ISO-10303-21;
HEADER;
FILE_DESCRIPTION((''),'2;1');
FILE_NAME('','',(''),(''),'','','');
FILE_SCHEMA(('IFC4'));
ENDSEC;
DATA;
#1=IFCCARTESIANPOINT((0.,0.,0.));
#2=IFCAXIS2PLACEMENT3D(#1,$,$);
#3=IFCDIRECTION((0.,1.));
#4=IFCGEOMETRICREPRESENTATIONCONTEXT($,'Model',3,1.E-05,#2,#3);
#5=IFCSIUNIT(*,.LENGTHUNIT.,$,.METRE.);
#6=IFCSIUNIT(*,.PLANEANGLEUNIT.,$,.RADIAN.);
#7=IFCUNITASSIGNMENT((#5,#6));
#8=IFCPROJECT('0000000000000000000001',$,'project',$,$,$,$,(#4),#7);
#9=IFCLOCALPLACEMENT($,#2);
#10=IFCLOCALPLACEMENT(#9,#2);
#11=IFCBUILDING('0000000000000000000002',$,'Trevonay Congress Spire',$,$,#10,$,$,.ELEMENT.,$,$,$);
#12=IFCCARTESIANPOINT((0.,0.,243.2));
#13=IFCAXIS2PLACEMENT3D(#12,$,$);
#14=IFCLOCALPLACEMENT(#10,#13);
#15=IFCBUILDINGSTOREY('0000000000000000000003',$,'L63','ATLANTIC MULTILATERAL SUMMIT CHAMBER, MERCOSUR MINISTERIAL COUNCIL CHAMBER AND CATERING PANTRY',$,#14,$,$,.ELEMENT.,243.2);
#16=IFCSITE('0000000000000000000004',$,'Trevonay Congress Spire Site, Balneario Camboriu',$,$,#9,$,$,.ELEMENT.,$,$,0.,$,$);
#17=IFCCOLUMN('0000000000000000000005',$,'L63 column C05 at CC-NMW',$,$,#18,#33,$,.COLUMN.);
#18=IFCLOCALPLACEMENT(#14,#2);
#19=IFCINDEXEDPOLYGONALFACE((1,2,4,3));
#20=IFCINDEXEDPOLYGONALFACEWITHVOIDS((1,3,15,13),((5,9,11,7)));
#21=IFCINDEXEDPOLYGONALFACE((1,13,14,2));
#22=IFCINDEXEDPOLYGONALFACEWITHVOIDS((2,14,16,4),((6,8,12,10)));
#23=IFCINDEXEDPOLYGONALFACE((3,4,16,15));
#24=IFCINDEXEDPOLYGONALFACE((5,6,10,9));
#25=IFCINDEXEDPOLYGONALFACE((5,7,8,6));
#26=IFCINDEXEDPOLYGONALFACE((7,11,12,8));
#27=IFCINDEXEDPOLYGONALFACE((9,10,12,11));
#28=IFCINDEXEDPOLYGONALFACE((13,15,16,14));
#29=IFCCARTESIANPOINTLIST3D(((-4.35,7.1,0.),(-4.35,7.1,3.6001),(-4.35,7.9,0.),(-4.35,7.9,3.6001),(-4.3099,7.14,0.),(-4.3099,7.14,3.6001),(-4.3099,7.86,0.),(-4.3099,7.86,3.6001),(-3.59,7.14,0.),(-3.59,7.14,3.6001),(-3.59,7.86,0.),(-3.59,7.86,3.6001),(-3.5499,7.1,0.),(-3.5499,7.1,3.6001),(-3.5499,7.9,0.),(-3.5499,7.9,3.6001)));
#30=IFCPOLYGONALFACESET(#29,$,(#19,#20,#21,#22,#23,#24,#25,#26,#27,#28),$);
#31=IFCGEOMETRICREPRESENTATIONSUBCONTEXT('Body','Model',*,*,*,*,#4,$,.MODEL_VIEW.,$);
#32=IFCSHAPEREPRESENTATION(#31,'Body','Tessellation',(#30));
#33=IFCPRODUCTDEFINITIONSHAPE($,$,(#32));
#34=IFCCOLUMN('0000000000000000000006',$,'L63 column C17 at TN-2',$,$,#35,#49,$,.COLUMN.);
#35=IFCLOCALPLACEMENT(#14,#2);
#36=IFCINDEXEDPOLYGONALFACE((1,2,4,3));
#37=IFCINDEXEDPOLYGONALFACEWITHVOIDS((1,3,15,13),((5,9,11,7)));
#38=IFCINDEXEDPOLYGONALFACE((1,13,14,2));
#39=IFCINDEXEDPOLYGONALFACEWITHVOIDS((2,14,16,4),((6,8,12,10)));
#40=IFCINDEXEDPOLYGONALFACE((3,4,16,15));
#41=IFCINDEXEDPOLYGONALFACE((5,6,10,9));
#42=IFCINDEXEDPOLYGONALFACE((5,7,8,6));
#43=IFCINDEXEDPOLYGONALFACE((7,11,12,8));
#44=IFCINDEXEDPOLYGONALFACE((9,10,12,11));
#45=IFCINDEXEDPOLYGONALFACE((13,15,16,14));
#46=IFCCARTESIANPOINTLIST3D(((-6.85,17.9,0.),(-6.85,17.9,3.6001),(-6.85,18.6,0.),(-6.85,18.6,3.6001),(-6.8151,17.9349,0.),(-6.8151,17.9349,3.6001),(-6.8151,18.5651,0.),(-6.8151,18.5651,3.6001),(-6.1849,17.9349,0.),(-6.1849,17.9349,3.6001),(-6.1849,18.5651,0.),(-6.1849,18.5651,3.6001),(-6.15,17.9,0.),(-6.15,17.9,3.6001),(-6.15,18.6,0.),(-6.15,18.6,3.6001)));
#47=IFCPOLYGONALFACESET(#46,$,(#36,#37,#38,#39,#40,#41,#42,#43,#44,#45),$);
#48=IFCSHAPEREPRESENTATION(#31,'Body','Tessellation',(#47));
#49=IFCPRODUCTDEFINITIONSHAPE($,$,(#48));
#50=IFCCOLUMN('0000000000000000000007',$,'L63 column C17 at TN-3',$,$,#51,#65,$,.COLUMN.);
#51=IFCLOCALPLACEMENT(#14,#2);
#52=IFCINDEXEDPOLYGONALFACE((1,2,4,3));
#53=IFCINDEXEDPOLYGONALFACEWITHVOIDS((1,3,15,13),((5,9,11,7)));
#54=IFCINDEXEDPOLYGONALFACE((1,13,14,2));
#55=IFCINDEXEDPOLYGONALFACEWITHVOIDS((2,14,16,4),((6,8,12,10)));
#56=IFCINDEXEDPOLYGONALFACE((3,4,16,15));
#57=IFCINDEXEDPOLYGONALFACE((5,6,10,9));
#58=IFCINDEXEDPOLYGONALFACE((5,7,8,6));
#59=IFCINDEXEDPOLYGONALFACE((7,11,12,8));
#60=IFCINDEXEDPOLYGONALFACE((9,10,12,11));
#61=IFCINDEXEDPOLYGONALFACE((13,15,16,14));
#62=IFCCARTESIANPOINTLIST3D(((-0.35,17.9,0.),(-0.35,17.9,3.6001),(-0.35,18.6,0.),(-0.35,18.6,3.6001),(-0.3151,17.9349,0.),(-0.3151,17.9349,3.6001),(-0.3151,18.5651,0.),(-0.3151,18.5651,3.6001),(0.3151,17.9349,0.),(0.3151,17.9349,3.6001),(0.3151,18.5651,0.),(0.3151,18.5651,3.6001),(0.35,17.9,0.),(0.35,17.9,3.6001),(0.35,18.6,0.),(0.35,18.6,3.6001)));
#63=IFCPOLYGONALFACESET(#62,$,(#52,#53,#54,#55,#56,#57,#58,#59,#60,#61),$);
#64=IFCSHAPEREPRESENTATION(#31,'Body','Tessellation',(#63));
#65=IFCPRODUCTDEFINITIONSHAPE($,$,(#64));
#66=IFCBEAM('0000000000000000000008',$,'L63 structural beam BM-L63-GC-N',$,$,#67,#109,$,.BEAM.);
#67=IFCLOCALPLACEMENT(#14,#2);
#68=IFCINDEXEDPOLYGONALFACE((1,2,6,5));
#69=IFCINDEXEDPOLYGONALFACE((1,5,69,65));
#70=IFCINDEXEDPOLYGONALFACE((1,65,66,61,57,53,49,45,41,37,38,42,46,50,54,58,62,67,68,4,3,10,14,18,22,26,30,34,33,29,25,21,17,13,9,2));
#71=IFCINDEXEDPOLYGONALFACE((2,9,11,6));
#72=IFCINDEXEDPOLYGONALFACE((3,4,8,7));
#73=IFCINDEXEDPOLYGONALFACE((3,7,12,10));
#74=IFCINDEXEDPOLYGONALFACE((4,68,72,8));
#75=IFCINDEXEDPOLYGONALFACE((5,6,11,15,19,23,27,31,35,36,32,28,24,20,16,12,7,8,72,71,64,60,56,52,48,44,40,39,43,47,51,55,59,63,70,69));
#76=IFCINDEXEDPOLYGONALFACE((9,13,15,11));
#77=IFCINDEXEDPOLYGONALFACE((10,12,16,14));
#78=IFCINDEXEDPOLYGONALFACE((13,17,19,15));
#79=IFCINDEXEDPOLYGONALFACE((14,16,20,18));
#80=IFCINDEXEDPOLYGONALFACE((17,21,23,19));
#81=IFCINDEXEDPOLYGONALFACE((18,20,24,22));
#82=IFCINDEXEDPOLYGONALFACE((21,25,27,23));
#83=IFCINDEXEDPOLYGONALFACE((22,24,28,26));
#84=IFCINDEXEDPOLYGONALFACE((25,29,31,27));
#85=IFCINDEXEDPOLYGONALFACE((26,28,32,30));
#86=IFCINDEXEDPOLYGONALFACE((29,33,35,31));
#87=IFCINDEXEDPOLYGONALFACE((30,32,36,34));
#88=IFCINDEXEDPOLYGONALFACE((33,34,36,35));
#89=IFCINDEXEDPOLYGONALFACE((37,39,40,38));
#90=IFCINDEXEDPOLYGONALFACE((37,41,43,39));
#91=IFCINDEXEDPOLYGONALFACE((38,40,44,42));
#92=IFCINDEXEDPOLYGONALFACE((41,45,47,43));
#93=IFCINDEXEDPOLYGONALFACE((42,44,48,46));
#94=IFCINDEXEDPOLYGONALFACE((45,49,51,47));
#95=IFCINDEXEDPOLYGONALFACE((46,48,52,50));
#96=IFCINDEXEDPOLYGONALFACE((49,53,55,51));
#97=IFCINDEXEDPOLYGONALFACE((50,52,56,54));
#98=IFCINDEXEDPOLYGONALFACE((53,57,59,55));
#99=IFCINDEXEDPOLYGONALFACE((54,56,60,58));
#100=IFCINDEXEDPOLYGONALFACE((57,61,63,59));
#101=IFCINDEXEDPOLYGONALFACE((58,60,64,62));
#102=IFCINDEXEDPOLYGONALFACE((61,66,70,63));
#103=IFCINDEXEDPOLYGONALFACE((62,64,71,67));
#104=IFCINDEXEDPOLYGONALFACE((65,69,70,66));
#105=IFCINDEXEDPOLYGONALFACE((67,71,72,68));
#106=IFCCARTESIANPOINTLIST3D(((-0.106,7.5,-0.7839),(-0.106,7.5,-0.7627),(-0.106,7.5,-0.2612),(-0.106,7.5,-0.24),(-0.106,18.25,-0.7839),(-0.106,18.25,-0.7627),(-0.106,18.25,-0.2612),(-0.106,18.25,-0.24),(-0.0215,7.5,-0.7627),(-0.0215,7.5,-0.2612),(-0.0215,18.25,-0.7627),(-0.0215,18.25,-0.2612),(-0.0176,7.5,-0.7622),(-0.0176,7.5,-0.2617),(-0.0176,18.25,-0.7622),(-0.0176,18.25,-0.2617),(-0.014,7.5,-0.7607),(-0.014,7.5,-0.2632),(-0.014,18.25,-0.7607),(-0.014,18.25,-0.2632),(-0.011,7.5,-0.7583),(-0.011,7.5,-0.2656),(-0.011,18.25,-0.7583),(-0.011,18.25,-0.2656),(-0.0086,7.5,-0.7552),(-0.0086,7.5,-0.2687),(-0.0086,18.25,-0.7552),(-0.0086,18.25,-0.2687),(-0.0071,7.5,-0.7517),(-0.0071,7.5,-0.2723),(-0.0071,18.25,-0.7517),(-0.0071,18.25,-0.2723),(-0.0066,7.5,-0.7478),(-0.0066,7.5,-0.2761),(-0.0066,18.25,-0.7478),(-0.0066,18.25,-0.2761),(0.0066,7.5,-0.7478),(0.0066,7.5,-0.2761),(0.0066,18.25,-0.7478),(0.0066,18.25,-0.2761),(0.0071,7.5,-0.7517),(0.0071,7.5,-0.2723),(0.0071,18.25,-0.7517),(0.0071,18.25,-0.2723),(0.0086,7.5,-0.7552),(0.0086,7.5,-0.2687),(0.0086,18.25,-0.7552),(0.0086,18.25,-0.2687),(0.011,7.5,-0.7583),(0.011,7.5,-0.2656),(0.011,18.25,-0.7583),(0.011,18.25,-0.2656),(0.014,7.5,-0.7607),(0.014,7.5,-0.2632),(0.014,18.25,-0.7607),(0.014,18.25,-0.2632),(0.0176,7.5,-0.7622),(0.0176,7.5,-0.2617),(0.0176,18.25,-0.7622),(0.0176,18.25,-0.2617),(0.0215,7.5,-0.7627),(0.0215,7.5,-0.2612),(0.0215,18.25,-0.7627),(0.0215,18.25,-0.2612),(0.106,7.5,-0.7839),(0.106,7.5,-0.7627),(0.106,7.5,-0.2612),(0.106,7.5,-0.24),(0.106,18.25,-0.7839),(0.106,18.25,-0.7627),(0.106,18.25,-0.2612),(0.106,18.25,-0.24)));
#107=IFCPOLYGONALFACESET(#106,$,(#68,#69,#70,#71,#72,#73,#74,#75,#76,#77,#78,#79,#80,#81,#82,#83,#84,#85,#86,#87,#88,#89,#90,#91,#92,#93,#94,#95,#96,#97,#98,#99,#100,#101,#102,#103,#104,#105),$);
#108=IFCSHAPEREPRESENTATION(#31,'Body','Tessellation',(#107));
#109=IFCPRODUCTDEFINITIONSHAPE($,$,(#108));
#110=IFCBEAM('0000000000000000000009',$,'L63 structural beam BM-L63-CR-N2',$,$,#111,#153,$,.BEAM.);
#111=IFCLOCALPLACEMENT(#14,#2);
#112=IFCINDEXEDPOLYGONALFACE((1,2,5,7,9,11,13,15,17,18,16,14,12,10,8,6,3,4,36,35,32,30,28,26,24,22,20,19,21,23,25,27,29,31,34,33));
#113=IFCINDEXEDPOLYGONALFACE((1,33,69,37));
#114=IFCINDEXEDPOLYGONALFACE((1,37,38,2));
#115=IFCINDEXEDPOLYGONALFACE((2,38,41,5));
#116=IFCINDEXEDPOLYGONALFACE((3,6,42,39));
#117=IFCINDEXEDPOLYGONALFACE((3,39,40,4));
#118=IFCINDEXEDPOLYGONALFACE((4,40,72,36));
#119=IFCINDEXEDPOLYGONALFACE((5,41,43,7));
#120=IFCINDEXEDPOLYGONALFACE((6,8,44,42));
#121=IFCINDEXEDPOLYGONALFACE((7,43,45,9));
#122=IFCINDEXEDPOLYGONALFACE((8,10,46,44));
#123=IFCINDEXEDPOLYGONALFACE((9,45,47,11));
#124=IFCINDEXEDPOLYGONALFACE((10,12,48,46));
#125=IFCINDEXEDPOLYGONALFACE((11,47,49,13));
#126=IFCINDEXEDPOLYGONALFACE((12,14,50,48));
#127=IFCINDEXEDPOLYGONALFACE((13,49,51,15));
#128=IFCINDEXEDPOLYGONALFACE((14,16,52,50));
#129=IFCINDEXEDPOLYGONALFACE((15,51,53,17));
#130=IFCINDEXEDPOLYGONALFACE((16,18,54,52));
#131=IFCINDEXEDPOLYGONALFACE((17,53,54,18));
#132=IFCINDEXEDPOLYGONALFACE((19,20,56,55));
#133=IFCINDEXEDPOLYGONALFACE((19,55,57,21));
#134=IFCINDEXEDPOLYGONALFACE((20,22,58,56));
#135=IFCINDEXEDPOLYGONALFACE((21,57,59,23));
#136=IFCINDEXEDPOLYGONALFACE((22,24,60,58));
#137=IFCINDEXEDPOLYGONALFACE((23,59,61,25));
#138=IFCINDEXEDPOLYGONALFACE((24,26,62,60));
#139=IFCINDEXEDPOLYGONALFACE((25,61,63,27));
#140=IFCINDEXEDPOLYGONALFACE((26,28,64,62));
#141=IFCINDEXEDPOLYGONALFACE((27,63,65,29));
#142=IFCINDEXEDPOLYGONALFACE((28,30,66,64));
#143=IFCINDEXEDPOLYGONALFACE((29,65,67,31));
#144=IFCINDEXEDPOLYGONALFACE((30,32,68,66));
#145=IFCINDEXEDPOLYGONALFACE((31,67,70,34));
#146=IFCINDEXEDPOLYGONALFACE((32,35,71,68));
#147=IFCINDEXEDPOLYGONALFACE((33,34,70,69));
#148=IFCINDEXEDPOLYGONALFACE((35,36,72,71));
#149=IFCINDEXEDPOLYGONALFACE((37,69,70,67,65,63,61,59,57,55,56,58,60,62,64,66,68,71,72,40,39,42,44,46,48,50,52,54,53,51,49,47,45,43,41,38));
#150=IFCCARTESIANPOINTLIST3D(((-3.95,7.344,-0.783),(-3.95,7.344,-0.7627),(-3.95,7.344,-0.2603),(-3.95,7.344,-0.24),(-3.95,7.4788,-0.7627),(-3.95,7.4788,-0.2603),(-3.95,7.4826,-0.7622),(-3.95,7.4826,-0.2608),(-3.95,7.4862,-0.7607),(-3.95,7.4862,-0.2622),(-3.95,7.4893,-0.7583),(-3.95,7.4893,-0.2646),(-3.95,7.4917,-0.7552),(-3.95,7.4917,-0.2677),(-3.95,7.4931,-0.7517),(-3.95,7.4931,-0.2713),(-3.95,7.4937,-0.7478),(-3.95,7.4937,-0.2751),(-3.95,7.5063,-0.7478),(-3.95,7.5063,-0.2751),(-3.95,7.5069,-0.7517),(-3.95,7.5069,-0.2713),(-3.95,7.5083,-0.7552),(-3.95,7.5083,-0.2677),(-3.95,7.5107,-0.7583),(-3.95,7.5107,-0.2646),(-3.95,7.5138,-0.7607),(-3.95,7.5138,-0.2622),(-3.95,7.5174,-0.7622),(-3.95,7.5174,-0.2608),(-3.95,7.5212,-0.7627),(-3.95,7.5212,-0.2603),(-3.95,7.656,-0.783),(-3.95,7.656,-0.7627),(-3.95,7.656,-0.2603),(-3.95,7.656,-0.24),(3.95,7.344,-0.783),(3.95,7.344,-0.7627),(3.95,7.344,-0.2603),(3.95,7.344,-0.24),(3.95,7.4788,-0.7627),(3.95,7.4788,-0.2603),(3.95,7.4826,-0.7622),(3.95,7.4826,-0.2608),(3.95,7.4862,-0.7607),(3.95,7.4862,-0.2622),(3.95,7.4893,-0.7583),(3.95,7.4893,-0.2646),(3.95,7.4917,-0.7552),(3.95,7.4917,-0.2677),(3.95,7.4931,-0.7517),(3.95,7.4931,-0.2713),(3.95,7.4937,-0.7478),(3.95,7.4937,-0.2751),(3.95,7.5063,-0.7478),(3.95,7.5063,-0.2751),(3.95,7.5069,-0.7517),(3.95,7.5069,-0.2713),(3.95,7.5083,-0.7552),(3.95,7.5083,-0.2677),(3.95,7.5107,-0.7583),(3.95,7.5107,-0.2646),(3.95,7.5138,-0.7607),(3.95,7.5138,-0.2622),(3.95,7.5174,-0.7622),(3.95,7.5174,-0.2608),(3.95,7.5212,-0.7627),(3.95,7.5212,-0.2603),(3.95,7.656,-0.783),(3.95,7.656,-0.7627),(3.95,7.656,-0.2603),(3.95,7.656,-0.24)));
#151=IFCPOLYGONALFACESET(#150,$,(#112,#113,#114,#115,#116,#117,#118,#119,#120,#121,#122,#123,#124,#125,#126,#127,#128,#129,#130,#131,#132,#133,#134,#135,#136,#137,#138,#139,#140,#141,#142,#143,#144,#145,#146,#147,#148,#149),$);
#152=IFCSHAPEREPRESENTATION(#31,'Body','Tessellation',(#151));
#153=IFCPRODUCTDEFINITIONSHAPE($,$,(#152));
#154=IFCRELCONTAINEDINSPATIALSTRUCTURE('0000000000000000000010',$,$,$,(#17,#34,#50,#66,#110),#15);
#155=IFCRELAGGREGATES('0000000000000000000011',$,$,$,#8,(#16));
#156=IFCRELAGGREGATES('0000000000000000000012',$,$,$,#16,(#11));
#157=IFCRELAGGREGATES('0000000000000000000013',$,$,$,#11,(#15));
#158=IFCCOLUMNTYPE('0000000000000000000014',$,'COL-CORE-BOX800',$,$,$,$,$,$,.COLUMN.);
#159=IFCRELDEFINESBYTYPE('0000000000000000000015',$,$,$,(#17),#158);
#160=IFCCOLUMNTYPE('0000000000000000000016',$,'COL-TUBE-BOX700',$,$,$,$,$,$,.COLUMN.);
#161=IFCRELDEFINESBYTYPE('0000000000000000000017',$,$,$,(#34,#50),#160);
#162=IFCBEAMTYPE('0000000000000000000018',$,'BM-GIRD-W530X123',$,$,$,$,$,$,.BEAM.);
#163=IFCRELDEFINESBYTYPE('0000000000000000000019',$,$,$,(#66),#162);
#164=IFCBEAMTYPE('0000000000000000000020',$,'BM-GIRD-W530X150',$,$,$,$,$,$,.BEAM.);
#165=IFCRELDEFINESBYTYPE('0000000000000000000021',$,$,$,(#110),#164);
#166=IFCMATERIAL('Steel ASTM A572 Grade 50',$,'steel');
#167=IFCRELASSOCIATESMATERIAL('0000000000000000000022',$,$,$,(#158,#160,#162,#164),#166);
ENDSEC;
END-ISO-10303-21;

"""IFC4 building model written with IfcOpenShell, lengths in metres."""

from ifc_helpers import new_model, si_unit, direction, frame, origin, origin_2d, place, context, subcontext, project, spatial, hollow_rectangle, i_section, extrude, material, material_profile, profile_set, type_object, element, save


model = new_model("IFC4")

# Units and contexts
model_context = context("Model", 3, precision=1e-05, world=origin(), true_north=direction((0.0, 1.0)))
body_context = subcontext(model_context, "Body", "Model", "MODEL_VIEW")
ifc_project = project(units=[si_unit("LENGTHUNIT", "METRE"), si_unit("PLANEANGLEUNIT", "RADIAN")], contexts=[model_context])

# Site, building, storey
site_placement = place(None, origin())
site = spatial("IfcSite", under=ifc_project, at=site_placement, Name="Trevonay Congress Spire Site, Balneario Camboriu", CompositionType="ELEMENT", RefElevation=0.0)
building_placement = place(site_placement, origin())
building = spatial("IfcBuilding", under=site, at=building_placement, Name="Trevonay Congress Spire", CompositionType="ELEMENT")
storey_placement = place(building_placement, frame((0.0, 0.0, 243.2)))
storey = spatial("IfcBuildingStorey", under=building, at=storey_placement, Name="L63", Description="ATLANTIC MULTILATERAL SUMMIT CHAMBER, MERCOSUR MINISTERIAL COUNCIL CHAMBER AND CATERING PANTRY", CompositionType="ELEMENT", Elevation=243.2)

# Columns
ifc_material_1 = material(Name="Steel ASTM A572 Grade 50", Category="steel")
ifc_material_profile_1 = material_profile(ifc_material_1, hollow_rectangle(XDim=0.8, YDim=0.8, WallThickness=0.04, at=origin_2d()), Name="BOX 800x800x40")
ifc_profile_set_1 = profile_set([ifc_material_profile_1], Name="Steel ASTM A572 Grade 50")
column_type_1 = type_object("IfcColumnType", Name="COL-CORE-BOX800", PredefinedType="COLUMN", material=ifc_profile_set_1)
column_placement = place(storey_placement, frame((-3.95, 7.5, 0.0), z_axis=(0.0, 0.0, 1.0), x_axis=(1.0, 0.0, 0.0)))
element("IfcColumn", 1, at=column_placement, inside=storey, type_object=column_type_1, Name="L63 column C05 at CC-NMW", PredefinedType="COLUMN", context=body_context, shape_type="SweptSolid", body=[
    extrude(hollow_rectangle(XDim=0.8, YDim=0.8, WallThickness=0.04, at=origin_2d()), origin(), (0.0, 0.0, 1.0), 3.6001),
])
ifc_material_profile_2 = material_profile(ifc_material_1, hollow_rectangle(XDim=0.7, YDim=0.7, WallThickness=0.0349, at=origin_2d()), Name="BOX 700x700x35")
ifc_profile_set_2 = profile_set([ifc_material_profile_2], Name="Steel ASTM A572 Grade 50")
column_type_2 = type_object("IfcColumnType", Name="COL-TUBE-BOX700", PredefinedType="COLUMN", material=ifc_profile_set_2)
for number, where, z_axis, x_axis, name in (
    (2, (-6.5, 18.25, 0.0), (0.0, 0.0, 1.0), (1.0, 0.0, 0.0), "L63 column C17 at TN-2"),
    (3, (0.0, 18.25, 0.0), (0.0, 0.0, 1.0), (1.0, 0.0, 0.0), "L63 column C17 at TN-3"),
):
    element("IfcColumn", number, at=place(storey_placement, frame(where, z_axis=z_axis, x_axis=x_axis)), inside=storey, type_object=column_type_2, Name=name, PredefinedType="COLUMN", context=body_context, shape_type="SweptSolid", body=[
        extrude(hollow_rectangle(XDim=0.7, YDim=0.7, WallThickness=0.0349, at=origin_2d()), origin(), (0.0, 0.0, 1.0), 3.6001),
    ])

# Beams
ifc_material_profile_3 = material_profile(ifc_material_1, i_section(OverallWidth=0.2119, OverallDepth=0.5439, WebThickness=0.0132, FlangeThickness=0.0212, FilletRadius=0.0149, at=origin_2d()), Name="W530x123")
ifc_profile_set_3 = profile_set([ifc_material_profile_3], Name="Steel ASTM A572 Grade 50")
beam_type_1 = type_object("IfcBeamType", Name="BM-GIRD-W530X123", PredefinedType="BEAM", material=ifc_profile_set_3)
beam_1_placement = place(storey_placement, frame((0.0, 7.5, -0.512), z_axis=(0.0, 1.0, 0.0), x_axis=(-1.0, 0.0, 0.0)))
element("IfcBeam", 4, at=beam_1_placement, inside=storey, type_object=beam_type_1, Name="L63 structural beam BM-L63-GC-N", PredefinedType="BEAM", context=body_context, shape_type="SweptSolid", body=[
    extrude(i_section(OverallWidth=0.2119, OverallDepth=0.5439, WebThickness=0.0132, FlangeThickness=0.0212, FilletRadius=0.0149, at=origin_2d()), origin(), (0.0, 0.0, 1.0), 10.75),
])
ifc_material_profile_4 = material_profile(ifc_material_1, i_section(OverallWidth=0.312, OverallDepth=0.543, WebThickness=0.0127, FlangeThickness=0.0203, FilletRadius=0.0149, at=origin_2d()), Name="W530x150")
ifc_profile_set_4 = profile_set([ifc_material_profile_4], Name="Steel ASTM A572 Grade 50")
beam_type_2 = type_object("IfcBeamType", Name="BM-GIRD-W530X150", PredefinedType="BEAM", material=ifc_profile_set_4)
beam_2_placement = place(storey_placement, frame((-3.95, 7.5, -0.5115), z_axis=(1.0, 0.0, 0.0), x_axis=(0.0, 1.0, 0.0)))
element("IfcBeam", 5, at=beam_2_placement, inside=storey, type_object=beam_type_2, Name="L63 structural beam BM-L63-CR-N2", PredefinedType="BEAM", context=body_context, shape_type="SweptSolid", body=[
    extrude(i_section(OverallWidth=0.312, OverallDepth=0.543, WebThickness=0.0127, FlangeThickness=0.0203, FilletRadius=0.0149, at=origin_2d()), origin(), (0.0, 0.0, 1.0), 7.8999),
])

save(model, "model.ifc")
